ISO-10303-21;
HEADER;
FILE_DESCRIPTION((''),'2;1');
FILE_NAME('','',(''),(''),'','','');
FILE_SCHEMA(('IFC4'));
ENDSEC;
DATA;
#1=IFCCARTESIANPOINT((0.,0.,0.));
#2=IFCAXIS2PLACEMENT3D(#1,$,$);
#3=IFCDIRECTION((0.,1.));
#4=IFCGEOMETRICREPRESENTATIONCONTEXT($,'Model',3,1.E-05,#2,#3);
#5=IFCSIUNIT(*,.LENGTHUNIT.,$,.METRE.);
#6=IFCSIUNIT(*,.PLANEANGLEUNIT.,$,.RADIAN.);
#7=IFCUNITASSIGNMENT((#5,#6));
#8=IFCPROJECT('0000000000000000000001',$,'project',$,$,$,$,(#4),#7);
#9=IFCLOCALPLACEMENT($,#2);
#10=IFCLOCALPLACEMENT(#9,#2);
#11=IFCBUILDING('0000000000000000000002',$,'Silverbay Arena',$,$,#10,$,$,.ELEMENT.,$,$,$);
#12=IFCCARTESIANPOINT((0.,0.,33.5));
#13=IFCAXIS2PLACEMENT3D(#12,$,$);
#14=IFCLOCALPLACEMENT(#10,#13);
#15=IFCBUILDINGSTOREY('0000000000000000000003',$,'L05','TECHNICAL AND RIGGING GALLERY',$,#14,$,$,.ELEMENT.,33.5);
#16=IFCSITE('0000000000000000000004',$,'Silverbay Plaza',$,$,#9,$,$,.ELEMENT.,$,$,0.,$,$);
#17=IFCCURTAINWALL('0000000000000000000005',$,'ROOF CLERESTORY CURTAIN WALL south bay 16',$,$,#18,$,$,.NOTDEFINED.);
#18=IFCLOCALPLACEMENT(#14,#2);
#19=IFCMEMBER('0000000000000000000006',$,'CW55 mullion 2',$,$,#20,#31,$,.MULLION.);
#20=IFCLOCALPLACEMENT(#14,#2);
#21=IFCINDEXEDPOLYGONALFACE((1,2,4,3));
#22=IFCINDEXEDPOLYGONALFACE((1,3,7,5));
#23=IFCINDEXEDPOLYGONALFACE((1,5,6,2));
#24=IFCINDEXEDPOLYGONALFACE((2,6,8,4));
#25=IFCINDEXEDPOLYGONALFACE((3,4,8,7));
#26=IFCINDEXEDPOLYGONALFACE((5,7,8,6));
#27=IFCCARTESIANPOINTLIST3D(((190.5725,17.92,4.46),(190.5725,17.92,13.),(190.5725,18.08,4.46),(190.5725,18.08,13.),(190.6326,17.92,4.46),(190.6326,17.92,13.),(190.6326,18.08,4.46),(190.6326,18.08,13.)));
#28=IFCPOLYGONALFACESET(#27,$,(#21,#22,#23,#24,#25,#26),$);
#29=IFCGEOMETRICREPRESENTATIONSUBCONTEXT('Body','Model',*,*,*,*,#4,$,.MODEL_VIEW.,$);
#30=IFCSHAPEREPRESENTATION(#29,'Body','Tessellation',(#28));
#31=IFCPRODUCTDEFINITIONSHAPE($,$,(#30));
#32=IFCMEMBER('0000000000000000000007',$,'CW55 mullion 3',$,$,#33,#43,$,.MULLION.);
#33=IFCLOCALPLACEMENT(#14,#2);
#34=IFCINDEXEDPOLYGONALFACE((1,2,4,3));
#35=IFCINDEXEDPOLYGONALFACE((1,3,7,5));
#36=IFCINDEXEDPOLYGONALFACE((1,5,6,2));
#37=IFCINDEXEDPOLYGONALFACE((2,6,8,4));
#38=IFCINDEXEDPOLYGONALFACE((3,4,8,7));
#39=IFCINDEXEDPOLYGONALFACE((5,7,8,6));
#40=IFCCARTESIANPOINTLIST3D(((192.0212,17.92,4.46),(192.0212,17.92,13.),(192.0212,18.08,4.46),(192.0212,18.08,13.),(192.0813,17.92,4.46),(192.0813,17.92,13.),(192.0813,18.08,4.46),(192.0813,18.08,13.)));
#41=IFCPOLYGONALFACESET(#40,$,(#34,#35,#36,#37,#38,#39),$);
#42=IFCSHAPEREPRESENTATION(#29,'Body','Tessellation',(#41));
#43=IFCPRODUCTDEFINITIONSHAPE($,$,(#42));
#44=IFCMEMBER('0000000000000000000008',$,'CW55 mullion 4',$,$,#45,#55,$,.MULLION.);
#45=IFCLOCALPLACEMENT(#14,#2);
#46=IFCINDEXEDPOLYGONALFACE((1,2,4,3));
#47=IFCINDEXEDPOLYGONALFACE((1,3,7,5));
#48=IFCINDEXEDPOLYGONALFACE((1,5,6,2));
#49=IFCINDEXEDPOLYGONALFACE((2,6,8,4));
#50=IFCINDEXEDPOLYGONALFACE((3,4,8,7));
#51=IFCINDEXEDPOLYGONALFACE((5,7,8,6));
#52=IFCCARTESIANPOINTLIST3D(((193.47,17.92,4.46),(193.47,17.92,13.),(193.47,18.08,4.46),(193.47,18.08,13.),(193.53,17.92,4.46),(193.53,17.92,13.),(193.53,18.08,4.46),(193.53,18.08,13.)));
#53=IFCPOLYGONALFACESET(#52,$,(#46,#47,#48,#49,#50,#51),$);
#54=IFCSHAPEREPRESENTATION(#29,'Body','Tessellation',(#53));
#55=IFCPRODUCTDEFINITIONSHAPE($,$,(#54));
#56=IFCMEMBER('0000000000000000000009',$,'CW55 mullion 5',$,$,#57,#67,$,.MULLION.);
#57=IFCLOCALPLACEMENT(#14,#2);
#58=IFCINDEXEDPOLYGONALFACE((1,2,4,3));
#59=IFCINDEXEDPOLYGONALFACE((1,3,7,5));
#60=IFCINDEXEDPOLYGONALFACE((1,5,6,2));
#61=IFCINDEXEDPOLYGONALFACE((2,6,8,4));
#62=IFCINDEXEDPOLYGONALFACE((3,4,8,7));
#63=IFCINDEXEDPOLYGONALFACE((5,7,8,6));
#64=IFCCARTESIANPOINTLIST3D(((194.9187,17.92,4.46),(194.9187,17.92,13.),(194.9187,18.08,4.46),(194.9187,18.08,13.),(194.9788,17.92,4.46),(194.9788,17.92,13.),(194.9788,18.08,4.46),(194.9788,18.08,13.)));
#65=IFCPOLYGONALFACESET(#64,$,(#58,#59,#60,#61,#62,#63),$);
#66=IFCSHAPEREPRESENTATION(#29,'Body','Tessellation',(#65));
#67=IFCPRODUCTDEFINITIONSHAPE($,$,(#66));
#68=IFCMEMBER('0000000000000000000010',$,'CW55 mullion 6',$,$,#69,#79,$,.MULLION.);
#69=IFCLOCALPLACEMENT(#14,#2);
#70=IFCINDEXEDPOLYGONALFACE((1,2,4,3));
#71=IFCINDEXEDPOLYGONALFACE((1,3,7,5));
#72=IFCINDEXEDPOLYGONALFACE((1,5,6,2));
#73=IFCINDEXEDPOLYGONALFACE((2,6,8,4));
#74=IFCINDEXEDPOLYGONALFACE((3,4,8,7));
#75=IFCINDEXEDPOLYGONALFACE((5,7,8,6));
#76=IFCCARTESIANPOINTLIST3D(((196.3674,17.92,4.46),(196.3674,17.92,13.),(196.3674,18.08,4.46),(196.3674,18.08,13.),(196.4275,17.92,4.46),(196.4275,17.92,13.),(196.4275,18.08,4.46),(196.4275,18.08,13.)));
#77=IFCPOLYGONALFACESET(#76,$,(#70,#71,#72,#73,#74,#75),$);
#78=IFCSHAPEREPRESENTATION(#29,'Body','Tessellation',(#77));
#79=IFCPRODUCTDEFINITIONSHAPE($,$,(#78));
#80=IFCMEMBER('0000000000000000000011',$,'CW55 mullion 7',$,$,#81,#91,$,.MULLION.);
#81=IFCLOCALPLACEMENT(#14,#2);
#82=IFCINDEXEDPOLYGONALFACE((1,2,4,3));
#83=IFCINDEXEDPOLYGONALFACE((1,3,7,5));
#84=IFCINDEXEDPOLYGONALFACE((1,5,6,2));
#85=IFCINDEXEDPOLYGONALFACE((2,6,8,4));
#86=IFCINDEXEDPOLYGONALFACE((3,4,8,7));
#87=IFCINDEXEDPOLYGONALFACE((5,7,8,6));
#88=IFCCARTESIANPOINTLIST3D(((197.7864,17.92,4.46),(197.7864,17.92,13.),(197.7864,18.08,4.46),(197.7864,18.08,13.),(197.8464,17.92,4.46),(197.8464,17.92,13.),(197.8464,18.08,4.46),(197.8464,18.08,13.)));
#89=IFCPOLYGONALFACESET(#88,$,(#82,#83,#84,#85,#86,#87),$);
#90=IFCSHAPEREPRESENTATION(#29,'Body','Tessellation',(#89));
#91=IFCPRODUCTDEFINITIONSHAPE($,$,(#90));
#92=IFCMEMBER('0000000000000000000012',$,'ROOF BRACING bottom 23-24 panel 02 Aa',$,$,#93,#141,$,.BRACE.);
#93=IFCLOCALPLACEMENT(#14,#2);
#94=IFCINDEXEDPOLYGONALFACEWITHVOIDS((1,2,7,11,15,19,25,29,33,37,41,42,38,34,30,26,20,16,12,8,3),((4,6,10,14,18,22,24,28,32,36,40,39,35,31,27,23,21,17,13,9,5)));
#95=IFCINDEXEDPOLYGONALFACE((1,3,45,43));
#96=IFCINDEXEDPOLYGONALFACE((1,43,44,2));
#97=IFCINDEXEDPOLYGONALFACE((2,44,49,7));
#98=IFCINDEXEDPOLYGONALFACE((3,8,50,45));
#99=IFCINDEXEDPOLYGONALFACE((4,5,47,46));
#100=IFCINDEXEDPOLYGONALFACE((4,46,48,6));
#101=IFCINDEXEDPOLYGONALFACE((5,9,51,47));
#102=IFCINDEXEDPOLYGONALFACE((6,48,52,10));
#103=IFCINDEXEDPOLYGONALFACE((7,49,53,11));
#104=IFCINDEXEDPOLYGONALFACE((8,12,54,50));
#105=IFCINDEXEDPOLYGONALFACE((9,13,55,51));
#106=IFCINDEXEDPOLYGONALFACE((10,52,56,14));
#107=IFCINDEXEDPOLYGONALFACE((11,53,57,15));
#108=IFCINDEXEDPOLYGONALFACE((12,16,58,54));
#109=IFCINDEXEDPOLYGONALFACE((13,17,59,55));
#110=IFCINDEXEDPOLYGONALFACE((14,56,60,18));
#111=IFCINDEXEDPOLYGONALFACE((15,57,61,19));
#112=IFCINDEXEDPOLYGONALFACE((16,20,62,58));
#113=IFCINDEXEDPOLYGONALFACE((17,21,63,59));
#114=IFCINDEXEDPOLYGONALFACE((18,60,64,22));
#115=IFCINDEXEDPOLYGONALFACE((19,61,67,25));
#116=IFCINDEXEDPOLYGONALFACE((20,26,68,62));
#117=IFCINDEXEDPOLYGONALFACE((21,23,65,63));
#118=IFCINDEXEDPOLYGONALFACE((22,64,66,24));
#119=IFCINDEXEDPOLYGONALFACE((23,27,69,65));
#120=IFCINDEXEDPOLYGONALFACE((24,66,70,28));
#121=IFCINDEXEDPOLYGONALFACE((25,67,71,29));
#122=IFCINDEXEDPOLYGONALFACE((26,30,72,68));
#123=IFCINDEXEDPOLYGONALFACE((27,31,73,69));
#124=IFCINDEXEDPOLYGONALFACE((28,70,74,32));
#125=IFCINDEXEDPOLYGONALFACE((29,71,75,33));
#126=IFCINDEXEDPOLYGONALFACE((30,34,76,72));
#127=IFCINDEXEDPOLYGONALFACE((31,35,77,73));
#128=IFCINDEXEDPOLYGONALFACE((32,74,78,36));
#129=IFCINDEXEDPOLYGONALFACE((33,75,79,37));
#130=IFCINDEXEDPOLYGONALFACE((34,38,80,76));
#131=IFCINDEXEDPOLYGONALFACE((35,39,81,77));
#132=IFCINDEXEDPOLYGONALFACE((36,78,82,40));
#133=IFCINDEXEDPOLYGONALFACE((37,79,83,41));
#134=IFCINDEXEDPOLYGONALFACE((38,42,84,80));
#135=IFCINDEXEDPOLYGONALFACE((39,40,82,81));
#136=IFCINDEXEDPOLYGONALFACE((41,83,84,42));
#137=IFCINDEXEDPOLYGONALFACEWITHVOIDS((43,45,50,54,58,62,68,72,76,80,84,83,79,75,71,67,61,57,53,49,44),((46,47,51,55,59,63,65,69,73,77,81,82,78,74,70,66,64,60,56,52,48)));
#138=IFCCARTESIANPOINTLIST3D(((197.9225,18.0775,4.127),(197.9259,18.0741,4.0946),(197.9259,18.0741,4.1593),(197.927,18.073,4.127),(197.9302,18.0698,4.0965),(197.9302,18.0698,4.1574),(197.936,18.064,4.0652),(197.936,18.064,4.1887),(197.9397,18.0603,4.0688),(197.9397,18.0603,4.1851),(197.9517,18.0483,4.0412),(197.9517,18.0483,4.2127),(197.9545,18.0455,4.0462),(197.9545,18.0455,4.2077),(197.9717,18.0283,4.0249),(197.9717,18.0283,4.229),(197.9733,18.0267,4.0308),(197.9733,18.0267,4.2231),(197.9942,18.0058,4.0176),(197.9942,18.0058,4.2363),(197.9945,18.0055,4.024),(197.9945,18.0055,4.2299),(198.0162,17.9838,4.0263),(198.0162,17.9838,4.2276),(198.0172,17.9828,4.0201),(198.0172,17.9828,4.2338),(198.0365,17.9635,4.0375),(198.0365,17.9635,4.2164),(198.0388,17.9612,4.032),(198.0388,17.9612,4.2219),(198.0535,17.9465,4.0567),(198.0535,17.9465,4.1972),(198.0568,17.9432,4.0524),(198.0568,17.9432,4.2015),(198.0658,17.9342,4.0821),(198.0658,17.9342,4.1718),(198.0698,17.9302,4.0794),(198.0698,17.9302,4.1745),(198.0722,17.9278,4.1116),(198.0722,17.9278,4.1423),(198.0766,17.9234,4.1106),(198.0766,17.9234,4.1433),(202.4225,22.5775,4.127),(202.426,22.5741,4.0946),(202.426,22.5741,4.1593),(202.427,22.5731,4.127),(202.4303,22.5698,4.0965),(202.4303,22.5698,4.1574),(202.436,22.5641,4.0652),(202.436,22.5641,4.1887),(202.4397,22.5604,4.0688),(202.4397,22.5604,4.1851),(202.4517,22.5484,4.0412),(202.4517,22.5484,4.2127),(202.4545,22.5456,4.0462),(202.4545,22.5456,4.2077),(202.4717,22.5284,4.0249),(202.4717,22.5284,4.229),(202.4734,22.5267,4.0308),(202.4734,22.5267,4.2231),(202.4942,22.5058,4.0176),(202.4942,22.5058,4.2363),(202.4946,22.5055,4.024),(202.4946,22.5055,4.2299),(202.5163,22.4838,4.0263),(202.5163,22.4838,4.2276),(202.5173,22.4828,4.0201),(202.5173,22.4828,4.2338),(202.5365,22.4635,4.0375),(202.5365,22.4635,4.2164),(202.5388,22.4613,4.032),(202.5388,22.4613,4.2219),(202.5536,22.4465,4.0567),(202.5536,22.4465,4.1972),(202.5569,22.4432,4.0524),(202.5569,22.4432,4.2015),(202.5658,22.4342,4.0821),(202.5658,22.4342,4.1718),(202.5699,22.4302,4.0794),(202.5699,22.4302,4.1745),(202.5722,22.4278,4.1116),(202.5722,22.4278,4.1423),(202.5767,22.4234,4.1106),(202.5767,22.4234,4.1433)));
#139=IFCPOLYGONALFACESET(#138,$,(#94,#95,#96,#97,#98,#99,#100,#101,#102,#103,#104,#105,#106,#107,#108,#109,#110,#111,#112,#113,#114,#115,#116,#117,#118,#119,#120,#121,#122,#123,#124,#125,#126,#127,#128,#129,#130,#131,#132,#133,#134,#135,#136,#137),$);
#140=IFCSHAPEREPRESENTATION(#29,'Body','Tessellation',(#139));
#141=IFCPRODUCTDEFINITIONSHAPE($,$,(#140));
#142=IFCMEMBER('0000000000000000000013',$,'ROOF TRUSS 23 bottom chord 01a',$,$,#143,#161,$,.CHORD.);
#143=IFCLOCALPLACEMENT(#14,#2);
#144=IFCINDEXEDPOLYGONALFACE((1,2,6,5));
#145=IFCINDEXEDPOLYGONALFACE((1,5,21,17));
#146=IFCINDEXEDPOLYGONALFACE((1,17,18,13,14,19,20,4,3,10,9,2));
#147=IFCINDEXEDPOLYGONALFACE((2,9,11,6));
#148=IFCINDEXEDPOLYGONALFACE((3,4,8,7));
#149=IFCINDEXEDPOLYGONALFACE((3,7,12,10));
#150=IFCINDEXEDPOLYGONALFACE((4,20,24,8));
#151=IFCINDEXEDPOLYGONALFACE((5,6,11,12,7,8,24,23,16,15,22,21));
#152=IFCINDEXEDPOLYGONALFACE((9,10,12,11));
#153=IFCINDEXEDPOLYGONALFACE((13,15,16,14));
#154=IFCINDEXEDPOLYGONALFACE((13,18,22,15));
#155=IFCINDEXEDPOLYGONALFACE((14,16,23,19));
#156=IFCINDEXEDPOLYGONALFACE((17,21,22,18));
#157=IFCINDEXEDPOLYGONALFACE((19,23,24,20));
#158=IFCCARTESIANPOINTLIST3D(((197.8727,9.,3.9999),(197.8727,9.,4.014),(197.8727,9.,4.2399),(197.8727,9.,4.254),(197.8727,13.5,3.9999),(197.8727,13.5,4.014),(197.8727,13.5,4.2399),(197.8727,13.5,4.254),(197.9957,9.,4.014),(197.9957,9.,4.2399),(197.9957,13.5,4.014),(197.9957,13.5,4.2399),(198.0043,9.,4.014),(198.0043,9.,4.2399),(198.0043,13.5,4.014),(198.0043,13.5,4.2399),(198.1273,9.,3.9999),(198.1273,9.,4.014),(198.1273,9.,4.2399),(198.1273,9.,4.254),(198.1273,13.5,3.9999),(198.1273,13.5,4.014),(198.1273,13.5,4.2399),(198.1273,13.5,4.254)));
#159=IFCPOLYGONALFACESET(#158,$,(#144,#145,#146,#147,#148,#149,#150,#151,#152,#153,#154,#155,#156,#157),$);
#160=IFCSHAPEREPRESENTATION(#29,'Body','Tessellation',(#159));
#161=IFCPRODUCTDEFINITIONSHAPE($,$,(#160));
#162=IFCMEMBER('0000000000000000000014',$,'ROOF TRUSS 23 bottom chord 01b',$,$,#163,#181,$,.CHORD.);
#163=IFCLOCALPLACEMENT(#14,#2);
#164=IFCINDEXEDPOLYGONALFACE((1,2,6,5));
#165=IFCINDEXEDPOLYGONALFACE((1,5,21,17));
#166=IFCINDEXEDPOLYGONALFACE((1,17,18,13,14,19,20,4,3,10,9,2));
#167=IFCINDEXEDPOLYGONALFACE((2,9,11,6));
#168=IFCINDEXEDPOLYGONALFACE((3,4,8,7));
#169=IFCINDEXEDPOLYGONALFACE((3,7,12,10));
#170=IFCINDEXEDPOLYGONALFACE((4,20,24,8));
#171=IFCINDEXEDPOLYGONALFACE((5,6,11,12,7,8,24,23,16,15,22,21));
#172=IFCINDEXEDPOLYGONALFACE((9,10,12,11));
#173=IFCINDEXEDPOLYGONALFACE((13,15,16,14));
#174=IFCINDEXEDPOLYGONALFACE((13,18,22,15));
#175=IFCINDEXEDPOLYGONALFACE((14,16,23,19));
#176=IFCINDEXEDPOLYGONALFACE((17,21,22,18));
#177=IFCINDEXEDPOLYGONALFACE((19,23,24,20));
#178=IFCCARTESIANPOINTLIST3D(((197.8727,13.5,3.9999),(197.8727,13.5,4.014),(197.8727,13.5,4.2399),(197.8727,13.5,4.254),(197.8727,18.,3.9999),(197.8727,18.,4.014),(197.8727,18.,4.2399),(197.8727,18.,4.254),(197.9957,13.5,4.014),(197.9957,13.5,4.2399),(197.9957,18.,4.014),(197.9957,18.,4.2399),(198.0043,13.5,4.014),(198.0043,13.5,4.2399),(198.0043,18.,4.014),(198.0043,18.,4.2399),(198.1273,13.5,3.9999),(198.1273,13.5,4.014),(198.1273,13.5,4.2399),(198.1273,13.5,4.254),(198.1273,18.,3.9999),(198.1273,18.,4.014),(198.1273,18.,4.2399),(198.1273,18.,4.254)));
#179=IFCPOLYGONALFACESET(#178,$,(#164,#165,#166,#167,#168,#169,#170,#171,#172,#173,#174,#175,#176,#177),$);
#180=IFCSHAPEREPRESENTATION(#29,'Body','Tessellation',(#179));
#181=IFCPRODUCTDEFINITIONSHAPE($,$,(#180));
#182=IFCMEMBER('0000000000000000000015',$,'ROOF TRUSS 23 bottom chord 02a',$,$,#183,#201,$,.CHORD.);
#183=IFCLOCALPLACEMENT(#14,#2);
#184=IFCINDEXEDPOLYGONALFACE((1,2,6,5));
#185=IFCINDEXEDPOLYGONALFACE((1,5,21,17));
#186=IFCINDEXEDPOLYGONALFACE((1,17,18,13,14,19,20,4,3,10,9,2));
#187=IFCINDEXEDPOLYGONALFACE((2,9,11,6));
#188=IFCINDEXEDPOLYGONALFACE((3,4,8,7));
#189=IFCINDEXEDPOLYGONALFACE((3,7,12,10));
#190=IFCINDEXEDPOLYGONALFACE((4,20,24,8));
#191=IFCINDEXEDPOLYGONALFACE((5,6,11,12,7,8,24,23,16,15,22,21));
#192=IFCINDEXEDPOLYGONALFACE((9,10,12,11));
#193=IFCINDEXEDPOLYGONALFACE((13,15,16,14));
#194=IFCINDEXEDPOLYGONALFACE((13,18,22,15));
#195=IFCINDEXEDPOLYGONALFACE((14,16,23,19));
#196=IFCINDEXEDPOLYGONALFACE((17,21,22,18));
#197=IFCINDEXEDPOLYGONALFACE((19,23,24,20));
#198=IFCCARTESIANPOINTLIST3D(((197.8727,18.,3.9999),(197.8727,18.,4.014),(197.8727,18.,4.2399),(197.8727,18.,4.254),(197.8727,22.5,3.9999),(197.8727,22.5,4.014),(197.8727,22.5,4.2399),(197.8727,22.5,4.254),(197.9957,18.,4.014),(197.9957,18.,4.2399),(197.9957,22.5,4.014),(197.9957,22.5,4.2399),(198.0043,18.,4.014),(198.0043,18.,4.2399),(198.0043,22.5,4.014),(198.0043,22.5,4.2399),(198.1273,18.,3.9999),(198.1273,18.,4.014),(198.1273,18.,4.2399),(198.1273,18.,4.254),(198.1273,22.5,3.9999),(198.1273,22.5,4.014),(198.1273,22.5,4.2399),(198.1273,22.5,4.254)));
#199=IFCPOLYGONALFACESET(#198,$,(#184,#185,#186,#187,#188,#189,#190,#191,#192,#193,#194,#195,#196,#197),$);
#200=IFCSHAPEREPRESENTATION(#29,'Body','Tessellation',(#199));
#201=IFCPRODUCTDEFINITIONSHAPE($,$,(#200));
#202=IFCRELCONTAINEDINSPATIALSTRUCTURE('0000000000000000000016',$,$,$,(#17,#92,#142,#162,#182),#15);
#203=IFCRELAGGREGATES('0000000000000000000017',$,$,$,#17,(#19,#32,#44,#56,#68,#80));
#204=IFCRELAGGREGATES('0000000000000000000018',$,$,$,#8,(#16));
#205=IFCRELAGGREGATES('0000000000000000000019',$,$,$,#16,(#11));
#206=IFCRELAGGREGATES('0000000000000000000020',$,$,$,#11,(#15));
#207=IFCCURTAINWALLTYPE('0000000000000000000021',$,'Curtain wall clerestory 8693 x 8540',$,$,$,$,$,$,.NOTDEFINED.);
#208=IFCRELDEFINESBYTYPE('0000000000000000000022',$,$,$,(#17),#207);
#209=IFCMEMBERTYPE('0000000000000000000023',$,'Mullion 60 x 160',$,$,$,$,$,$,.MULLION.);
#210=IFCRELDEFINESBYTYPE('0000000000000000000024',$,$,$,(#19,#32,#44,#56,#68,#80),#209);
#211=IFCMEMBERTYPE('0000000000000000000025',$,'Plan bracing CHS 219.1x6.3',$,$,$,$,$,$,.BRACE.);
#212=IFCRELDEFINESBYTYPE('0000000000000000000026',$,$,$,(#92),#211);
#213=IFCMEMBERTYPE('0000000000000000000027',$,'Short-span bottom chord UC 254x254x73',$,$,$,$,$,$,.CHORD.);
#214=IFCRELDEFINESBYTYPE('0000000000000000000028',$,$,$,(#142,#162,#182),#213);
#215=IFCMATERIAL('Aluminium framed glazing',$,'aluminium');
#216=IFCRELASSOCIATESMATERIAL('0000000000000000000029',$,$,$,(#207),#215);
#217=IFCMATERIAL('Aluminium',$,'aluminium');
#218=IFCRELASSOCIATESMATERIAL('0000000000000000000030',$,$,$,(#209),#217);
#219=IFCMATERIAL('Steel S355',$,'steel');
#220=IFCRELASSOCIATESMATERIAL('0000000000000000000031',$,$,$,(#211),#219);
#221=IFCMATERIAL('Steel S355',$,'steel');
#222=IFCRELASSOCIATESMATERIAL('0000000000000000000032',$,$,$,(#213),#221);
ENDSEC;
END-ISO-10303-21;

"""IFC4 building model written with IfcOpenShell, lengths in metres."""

from ifc_helpers import new_model, si_unit, direction, frame, origin, origin_2d, place, context, subcontext, project, spatial, rectangle, hollow_circle, i_section, extrude, material, material_profile, profile_set, type_object, element, aggregate, save


model = new_model("IFC4")

# Units and contexts
model_context = context("Model", 3, precision=1e-05, world=origin(), true_north=direction((0.0, 1.0)))
body_context = subcontext(model_context, "Body", "Model", "MODEL_VIEW")
ifc_project = project(units=[si_unit("LENGTHUNIT", "METRE"), si_unit("PLANEANGLEUNIT", "RADIAN")], contexts=[model_context])

# Site, building, storey
site_placement = place(None, origin())
site = spatial("IfcSite", under=ifc_project, at=site_placement, Name="Silverbay Plaza", CompositionType="ELEMENT", RefElevation=0.0)
building_placement = place(site_placement, origin())
building = spatial("IfcBuilding", under=site, at=building_placement, Name="Silverbay Arena", CompositionType="ELEMENT")
storey_placement = place(building_placement, frame((0.0, 0.0, 33.5)))
storey = spatial("IfcBuildingStorey", under=building, at=storey_placement, Name="L05", Description="TECHNICAL AND RIGGING GALLERY", CompositionType="ELEMENT", Elevation=33.5)

# Curtain wall, members
ifc_material_1 = material(Name="Aluminium framed glazing", Category="aluminium")
curtain_wall_type = type_object("IfcCurtainWallType", Name="Curtain wall clerestory 8693 x 8540", PredefinedType="NOTDEFINED", material=ifc_material_1)
curtain_wall_placement = place(storey_placement, origin())
curtain_wall = element("IfcCurtainWall", 1, at=curtain_wall_placement, inside=storey, type_object=curtain_wall_type, Name="ROOF CLERESTORY CURTAIN WALL south bay 16", PredefinedType="NOTDEFINED")
ifc_material_2 = material(Name="Aluminium", Category="aluminium")
ifc_material_profile_1 = material_profile(ifc_material_2, rectangle(XDim=0.1599, YDim=0.0601, at=origin_2d()), Name="Mullion 60 x 160")
ifc_profile_set_1 = profile_set([ifc_material_profile_1], Name="Aluminium")
member_type_1 = type_object("IfcMemberType", Name="Mullion 60 x 160", PredefinedType="MULLION", material=ifc_profile_set_1)
member_1_placement = place(storey_placement, frame((190.6025, 18.0, 4.46), z_axis=(0.0, 0.0, 1.0), x_axis=(0.0, 1.0, 0.0)))
member_1 = element("IfcMember", 2, at=member_1_placement, type_object=member_type_1, Name="CW55 mullion 2", PredefinedType="MULLION", context=body_context, shape_type="SweptSolid", body=[
    extrude(rectangle(XDim=0.1599, YDim=0.0601, at=origin_2d()), origin(), (0.0, 0.0, 1.0), 8.54),
])
member_2_placement = place(storey_placement, frame((192.0513, 18.0, 4.46), z_axis=(0.0, 0.0, 1.0), x_axis=(0.0, 1.0, 0.0)))
member_2 = element("IfcMember", 3, at=member_2_placement, type_object=member_type_1, Name="CW55 mullion 3", PredefinedType="MULLION", context=body_context, shape_type="SweptSolid", body=[
    extrude(rectangle(XDim=0.1599, YDim=0.0601, at=origin_2d()), origin(), (0.0, 0.0, 1.0), 8.54),
])
member_3_placement = place(storey_placement, frame((193.5, 18.0, 4.46), z_axis=(0.0, 0.0, 1.0), x_axis=(0.0, 1.0, 0.0)))
member_3 = element("IfcMember", 4, at=member_3_placement, type_object=member_type_1, Name="CW55 mullion 4", PredefinedType="MULLION", context=body_context, shape_type="SweptSolid", body=[
    extrude(rectangle(XDim=0.1599, YDim=0.0601, at=origin_2d()), origin(), (0.0, 0.0, 1.0), 8.54),
])
member_4_placement = place(storey_placement, frame((194.9487, 18.0, 4.46), z_axis=(0.0, 0.0, 1.0), x_axis=(0.0, 1.0, 0.0)))
member_4 = element("IfcMember", 5, at=member_4_placement, type_object=member_type_1, Name="CW55 mullion 5", PredefinedType="MULLION", context=body_context, shape_type="SweptSolid", body=[
    extrude(rectangle(XDim=0.1599, YDim=0.0601, at=origin_2d()), origin(), (0.0, 0.0, 1.0), 8.54),
])
member_5_placement = place(storey_placement, frame((196.3975, 18.0, 4.46), z_axis=(0.0, 0.0, 1.0), x_axis=(0.0, 1.0, 0.0)))
member_5 = element("IfcMember", 6, at=member_5_placement, type_object=member_type_1, Name="CW55 mullion 6", PredefinedType="MULLION", context=body_context, shape_type="SweptSolid", body=[
    extrude(rectangle(XDim=0.1599, YDim=0.0601, at=origin_2d()), origin(), (0.0, 0.0, 1.0), 8.54),
])
member_6_placement = place(storey_placement, frame((197.8164, 18.0, 4.46), z_axis=(0.0, 0.0, 1.0), x_axis=(0.0, 1.0, 0.0)))
member_6 = element("IfcMember", 7, at=member_6_placement, type_object=member_type_1, Name="CW55 mullion 7", PredefinedType="MULLION", context=body_context, shape_type="SweptSolid", body=[
    extrude(rectangle(XDim=0.1599, YDim=0.0601, at=origin_2d()), origin(), (0.0, 0.0, 1.0), 8.54),
])

# Members
ifc_material_3 = material(Name="Steel S355", Category="steel")
ifc_material_profile_2 = material_profile(ifc_material_3, hollow_circle(Radius=0.1096, WallThickness=0.0063, at=origin_2d()), Name="CHS 219.1x6.3")
ifc_profile_set_2 = profile_set([ifc_material_profile_2], Name="Steel S355")
member_type_2 = type_object("IfcMemberType", Name="Plan bracing CHS 219.1x6.3", PredefinedType="BRACE", material=ifc_profile_set_2)
member_7_placement = place(storey_placement, frame((198.0, 18.0, 4.127), z_axis=(0.707107, 0.707107, 0.0), x_axis=(-0.707107, 0.707107, 0.0)))
element("IfcMember", 8, at=member_7_placement, inside=storey, type_object=member_type_2, Name="ROOF BRACING bottom 23-24 panel 02 Aa", PredefinedType="BRACE", context=body_context, shape_type="SweptSolid", body=[
    extrude(hollow_circle(Radius=0.1096, WallThickness=0.0063, at=origin_2d()), origin(), (0.0, 0.0, 1.0), 6.364),
])
ifc_material_4 = material(Name="Steel S355", Category="steel")
ifc_material_profile_3 = material_profile(ifc_material_4, i_section(OverallWidth=0.2546, OverallDepth=0.2542, WebThickness=0.0085, FlangeThickness=0.0142, at=origin_2d()), Name="UC 254x254x73")
ifc_profile_set_3 = profile_set([ifc_material_profile_3], Name="Steel S355")
member_type_3 = type_object("IfcMemberType", Name="Short-span bottom chord UC 254x254x73", PredefinedType="CHORD", material=ifc_profile_set_3)
for number, where, z_axis, x_axis, name in (
    (9, (198.0, 9.0, 4.127), (0.0, 1.0, 0.0), (-1.0, 0.0, 0.0), "ROOF TRUSS 23 bottom chord 01a"),
    (10, (198.0, 13.5, 4.127), (0.0, 1.0, 0.0), (-1.0, 0.0, 0.0), "ROOF TRUSS 23 bottom chord 01b"),
    (11, (198.0, 18.0, 4.127), (0.0, 1.0, 0.0), (-1.0, 0.0, 0.0), "ROOF TRUSS 23 bottom chord 02a"),
):
    element("IfcMember", number, at=place(storey_placement, frame(where, z_axis=z_axis, x_axis=x_axis)), inside=storey, type_object=member_type_3, Name=name, PredefinedType="CHORD", context=body_context, shape_type="SweptSolid", body=[
        extrude(i_section(OverallWidth=0.2546, OverallDepth=0.2542, WebThickness=0.0085, FlangeThickness=0.0142, at=origin_2d()), origin(), (0.0, 0.0, 1.0), 4.5),
    ])

aggregate(curtain_wall, [member_1, member_2, member_3, member_4, member_5, member_6])

save(model, "model.ifc")
